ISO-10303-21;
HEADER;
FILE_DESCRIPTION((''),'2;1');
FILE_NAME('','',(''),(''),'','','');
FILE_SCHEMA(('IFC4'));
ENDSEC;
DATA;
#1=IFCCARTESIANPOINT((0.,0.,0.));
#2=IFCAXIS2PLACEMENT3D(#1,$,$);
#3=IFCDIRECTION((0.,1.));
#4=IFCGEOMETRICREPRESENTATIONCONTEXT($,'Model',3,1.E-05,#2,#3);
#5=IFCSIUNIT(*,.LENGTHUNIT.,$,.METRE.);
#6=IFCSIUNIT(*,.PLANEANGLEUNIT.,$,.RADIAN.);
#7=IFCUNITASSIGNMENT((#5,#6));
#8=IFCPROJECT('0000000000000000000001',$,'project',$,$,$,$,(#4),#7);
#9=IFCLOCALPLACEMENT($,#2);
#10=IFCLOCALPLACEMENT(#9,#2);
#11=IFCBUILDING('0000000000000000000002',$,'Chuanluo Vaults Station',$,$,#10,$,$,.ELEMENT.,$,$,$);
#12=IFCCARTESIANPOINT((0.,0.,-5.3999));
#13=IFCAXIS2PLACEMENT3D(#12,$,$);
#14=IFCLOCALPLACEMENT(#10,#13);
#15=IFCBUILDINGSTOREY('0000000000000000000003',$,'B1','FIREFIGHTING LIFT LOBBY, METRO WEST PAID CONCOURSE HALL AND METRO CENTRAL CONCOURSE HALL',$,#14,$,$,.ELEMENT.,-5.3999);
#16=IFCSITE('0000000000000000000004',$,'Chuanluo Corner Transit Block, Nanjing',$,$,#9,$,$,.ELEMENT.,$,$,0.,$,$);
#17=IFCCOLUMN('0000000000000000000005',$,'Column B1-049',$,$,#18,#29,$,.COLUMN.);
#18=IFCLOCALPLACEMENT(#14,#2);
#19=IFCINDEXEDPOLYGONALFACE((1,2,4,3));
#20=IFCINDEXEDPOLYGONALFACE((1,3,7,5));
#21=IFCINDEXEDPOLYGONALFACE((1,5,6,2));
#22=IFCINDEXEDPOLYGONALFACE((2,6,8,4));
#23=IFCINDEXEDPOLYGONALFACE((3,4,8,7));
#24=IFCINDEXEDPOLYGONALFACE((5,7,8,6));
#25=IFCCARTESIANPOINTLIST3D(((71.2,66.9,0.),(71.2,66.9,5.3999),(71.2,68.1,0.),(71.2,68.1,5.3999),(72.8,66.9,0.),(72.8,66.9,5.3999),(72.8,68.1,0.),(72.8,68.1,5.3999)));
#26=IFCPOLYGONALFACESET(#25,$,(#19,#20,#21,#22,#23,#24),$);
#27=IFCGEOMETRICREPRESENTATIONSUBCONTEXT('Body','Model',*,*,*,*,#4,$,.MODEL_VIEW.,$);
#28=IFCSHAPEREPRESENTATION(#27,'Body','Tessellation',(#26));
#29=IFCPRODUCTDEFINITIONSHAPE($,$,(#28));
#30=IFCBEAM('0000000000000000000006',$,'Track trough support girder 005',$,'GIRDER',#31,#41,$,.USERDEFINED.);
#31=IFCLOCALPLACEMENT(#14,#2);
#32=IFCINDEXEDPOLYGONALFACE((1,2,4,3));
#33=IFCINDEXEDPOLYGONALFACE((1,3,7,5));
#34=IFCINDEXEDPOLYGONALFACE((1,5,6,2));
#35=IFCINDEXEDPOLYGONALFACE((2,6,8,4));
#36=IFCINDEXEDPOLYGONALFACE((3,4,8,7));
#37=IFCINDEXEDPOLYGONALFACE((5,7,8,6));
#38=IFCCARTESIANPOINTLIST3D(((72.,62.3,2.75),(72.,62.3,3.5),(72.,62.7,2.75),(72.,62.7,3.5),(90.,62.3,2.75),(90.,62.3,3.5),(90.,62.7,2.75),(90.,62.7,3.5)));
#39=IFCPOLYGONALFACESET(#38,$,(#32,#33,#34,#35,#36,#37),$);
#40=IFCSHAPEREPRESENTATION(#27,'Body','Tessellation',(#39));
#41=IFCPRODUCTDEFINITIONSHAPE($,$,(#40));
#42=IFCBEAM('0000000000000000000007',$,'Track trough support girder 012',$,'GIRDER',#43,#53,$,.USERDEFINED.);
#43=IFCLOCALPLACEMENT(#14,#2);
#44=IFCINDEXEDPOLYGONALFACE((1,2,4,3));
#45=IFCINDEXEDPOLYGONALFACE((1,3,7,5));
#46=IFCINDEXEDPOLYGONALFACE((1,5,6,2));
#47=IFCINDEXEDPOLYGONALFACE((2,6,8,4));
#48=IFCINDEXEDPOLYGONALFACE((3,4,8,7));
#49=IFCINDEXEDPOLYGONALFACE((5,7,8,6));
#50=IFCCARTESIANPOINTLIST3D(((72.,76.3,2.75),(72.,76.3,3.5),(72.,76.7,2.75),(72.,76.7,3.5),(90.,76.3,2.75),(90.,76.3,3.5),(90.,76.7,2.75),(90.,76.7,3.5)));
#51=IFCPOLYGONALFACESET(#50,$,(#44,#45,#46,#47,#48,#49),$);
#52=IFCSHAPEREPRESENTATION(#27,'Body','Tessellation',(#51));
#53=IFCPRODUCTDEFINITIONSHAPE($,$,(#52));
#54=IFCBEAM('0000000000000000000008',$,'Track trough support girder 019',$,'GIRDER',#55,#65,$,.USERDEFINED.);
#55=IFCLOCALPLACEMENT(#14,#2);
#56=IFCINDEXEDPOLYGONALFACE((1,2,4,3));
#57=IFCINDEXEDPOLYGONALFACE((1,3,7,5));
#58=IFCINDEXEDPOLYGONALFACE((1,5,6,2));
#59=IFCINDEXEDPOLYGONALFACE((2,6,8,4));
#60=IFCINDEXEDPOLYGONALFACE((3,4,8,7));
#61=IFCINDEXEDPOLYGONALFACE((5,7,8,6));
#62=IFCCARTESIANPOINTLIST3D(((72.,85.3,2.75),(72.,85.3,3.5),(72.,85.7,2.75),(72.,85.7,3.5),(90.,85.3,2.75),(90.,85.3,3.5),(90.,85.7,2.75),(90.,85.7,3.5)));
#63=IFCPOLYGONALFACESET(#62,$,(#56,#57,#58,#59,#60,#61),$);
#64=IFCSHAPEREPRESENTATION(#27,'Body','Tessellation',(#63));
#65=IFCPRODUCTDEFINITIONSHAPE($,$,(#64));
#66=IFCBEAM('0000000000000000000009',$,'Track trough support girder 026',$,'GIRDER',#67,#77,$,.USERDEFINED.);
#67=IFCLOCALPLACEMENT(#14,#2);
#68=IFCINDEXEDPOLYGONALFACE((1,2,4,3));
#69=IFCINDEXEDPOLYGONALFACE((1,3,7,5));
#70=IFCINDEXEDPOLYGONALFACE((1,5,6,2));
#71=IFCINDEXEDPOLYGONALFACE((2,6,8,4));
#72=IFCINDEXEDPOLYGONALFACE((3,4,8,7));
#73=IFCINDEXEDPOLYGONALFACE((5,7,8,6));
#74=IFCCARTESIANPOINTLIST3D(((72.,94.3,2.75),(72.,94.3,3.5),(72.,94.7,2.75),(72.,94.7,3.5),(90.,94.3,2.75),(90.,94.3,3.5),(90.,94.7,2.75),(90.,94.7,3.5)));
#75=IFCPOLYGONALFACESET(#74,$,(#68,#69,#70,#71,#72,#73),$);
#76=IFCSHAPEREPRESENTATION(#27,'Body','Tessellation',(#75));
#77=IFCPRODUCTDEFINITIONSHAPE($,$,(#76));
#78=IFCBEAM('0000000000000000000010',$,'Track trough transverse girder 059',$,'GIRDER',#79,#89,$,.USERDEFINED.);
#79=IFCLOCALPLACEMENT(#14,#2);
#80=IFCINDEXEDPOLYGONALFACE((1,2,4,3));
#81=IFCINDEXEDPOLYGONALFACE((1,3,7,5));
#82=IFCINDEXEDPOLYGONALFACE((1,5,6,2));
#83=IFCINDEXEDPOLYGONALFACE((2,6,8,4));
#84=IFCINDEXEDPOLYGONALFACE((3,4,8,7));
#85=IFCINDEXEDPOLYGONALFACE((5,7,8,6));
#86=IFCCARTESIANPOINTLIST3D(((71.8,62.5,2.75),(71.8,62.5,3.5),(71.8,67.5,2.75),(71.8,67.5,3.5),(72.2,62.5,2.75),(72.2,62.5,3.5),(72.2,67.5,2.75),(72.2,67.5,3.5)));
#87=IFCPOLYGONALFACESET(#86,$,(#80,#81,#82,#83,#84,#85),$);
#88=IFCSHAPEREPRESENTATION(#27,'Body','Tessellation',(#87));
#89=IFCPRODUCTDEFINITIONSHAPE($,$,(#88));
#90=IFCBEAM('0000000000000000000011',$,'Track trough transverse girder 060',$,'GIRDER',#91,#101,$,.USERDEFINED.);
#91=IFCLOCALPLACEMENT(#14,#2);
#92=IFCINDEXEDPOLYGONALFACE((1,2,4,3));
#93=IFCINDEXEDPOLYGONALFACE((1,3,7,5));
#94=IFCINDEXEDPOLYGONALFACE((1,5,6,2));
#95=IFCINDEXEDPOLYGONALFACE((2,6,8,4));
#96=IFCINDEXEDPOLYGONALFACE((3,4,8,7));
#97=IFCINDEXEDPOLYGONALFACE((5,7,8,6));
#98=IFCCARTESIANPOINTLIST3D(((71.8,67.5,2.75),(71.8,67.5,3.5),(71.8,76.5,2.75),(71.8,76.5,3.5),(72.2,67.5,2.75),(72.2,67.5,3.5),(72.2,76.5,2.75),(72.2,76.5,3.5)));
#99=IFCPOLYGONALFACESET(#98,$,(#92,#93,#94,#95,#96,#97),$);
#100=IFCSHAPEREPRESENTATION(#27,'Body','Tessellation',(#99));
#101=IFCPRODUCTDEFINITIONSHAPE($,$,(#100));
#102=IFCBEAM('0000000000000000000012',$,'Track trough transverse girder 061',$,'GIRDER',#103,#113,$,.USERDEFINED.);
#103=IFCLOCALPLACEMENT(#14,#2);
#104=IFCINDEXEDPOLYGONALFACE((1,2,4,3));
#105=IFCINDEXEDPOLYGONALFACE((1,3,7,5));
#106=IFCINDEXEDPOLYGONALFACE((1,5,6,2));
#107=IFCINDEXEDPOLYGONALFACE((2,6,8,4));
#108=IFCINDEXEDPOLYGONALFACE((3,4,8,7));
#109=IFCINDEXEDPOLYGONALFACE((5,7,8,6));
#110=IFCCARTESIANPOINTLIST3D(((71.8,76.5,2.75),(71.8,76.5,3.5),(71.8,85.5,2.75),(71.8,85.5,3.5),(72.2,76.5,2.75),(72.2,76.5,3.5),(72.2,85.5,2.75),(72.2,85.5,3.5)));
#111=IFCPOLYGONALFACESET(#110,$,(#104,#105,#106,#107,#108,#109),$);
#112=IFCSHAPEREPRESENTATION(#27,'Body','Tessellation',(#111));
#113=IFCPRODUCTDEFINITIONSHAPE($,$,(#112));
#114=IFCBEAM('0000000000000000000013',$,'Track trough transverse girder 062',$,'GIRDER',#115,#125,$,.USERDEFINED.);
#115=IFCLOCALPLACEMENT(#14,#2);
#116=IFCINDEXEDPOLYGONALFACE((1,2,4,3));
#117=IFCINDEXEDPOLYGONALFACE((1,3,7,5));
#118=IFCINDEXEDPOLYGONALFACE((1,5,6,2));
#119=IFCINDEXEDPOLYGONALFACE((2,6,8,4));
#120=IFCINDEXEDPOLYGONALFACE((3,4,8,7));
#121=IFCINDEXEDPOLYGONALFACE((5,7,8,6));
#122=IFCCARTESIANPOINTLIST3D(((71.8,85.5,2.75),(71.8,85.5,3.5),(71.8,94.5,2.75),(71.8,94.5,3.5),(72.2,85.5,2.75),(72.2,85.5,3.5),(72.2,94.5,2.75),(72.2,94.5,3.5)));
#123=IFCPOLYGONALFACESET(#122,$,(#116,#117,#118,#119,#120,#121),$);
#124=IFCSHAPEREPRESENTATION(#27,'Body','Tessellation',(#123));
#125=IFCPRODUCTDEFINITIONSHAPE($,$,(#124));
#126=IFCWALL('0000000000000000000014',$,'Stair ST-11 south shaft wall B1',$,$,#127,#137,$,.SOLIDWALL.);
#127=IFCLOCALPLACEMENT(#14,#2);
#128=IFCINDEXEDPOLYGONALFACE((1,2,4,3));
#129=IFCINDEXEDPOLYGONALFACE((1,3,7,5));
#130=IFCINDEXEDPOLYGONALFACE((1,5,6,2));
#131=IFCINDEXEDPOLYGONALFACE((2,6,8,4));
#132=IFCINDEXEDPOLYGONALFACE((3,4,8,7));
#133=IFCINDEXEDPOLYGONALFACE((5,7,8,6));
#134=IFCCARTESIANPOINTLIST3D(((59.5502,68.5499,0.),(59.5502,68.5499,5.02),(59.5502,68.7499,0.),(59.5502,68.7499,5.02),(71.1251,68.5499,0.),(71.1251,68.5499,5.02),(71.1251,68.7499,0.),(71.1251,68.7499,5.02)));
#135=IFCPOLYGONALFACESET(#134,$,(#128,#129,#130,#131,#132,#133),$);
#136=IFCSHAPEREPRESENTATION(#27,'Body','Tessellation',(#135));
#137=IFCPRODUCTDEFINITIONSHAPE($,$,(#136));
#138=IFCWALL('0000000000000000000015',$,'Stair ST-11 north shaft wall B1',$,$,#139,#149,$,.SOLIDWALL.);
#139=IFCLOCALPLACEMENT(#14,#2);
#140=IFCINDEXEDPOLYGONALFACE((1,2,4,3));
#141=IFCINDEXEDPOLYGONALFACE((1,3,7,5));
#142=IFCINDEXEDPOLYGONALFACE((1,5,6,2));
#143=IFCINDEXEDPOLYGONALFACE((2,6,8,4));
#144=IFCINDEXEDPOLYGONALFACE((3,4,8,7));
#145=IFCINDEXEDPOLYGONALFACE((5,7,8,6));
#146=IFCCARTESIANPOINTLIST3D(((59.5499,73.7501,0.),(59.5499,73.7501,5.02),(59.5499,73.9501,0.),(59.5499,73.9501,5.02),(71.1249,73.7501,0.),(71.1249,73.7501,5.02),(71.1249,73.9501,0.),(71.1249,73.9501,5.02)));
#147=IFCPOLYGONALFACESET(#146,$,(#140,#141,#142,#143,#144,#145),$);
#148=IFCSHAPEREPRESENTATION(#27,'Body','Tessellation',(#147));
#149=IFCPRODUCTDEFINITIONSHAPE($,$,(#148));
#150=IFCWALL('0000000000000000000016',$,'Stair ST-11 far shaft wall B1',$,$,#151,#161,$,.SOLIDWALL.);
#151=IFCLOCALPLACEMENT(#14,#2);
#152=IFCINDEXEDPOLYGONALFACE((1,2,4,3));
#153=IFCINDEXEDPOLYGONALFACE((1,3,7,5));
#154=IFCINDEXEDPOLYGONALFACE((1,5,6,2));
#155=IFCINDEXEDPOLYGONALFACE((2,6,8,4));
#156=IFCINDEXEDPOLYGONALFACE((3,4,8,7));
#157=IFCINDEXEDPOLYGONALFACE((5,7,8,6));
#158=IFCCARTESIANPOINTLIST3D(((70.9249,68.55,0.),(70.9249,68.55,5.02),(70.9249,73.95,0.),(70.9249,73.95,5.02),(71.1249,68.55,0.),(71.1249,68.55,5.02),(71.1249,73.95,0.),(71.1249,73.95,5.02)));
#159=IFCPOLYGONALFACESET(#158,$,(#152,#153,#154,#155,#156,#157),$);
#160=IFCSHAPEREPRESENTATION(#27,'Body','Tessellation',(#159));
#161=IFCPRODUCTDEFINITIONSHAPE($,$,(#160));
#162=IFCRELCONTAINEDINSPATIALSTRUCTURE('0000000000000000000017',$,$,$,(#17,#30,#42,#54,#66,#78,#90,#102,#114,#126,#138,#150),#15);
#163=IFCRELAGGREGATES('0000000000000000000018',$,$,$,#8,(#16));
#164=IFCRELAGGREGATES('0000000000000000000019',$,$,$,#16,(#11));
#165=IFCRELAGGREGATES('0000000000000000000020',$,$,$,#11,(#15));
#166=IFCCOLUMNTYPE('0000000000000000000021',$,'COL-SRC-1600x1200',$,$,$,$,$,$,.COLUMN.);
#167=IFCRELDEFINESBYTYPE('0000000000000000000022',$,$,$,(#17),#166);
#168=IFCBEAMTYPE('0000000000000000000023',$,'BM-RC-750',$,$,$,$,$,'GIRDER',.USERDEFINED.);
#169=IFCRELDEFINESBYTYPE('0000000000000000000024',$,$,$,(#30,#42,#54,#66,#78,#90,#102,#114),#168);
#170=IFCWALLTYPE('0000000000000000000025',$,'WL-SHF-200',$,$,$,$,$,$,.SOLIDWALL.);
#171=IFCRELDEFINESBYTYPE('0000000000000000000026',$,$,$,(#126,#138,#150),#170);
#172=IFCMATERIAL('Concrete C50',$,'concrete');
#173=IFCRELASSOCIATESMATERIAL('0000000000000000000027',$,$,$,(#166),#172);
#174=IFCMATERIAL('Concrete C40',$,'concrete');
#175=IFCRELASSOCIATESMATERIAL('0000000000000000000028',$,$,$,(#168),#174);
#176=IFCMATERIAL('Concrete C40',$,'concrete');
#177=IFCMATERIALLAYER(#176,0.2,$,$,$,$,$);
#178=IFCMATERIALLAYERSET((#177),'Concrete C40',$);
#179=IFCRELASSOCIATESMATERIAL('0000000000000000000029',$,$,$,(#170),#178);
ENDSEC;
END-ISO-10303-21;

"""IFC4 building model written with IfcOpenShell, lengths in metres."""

from ifc_helpers import new_model, si_unit, direction, frame, frame_2d, origin, origin_2d, place, context, subcontext, project, spatial, rectangle, extrude, material, layer, layer_set, material_profile, profile_set, type_object, element, save


model = new_model("IFC4")

# Units and contexts
model_context = context("Model", 3, precision=1e-05, world=origin(), true_north=direction((0.0, 1.0)))
body_context = subcontext(model_context, "Body", "Model", "MODEL_VIEW")
ifc_project = project(units=[si_unit("LENGTHUNIT", "METRE"), si_unit("PLANEANGLEUNIT", "RADIAN")], contexts=[model_context])

# Site, building, storey
site_placement = place(None, origin())
site = spatial("IfcSite", under=ifc_project, at=site_placement, Name="Chuanluo Corner Transit Block, Nanjing", CompositionType="ELEMENT", RefElevation=0.0)
building_placement = place(site_placement, origin())
building = spatial("IfcBuilding", under=site, at=building_placement, Name="Chuanluo Vaults Station", CompositionType="ELEMENT")
storey_placement = place(building_placement, frame((0.0, 0.0, -5.3999)))
storey = spatial("IfcBuildingStorey", under=building, at=storey_placement, Name="B1", Description="FIREFIGHTING LIFT LOBBY, METRO WEST PAID CONCOURSE HALL AND METRO CENTRAL CONCOURSE HALL", CompositionType="ELEMENT", Elevation=-5.3999)

# Column
ifc_material_1 = material(Name="Concrete C50", Category="concrete")
ifc_material_profile_1 = material_profile(ifc_material_1, rectangle(XDim=1.6001, YDim=1.2, at=origin_2d()))
ifc_profile_set_1 = profile_set([ifc_material_profile_1], Name="Concrete C50")
column_type_1 = type_object("IfcColumnType", Name="COL-SRC-1600x1200", PredefinedType="COLUMN", material=ifc_profile_set_1)
column_1_placement = place(storey_placement, frame((72.0, 67.5, 0.0), z_axis=(0.0, 0.0, 1.0), x_axis=(1.0, 0.0, 0.0)))
element("IfcColumn", 1, at=column_1_placement, inside=storey, type_object=column_type_1, Name="Column B1-049", PredefinedType="COLUMN", context=body_context, shape_type="SweptSolid", body=[
    extrude(rectangle(XDim=1.6001, YDim=1.2, at=origin_2d()), origin(), (0.0, 0.0, 1.0), 5.3999),
])

# Beams
ifc_material_2 = material(Name="Concrete C40", Category="concrete")
ifc_material_profile_2 = material_profile(ifc_material_2, rectangle(XDim=0.3999, YDim=0.75, at=origin_2d()))
ifc_profile_set_2 = profile_set([ifc_material_profile_2], Name="Concrete C40")
beam_type = type_object("IfcBeamType", Name="BM-RC-750", ElementType="GIRDER", PredefinedType="USERDEFINED", material=ifc_profile_set_2)
for number, where, z_axis, x_axis, name in (
    (2, (72.0, 62.5, 3.125), (1.0, 0.0, 0.0), (0.0, 1.0, 0.0), "Track trough support girder 005"),
    (3, (72.0, 76.5, 3.125), (1.0, 0.0, 0.0), (0.0, 1.0, 0.0), "Track trough support girder 012"),
    (4, (72.0, 85.5, 3.125), (1.0, 0.0, 0.0), (0.0, 1.0, 0.0), "Track trough support girder 019"),
    (5, (72.0, 94.5, 3.125), (1.0, 0.0, 0.0), (0.0, 1.0, 0.0), "Track trough support girder 026"),
):
    element("IfcBeam", number, at=place(storey_placement, frame(where, z_axis=z_axis, x_axis=x_axis)), inside=storey, type_object=beam_type, Name=name, ObjectType="GIRDER", PredefinedType="USERDEFINED", context=body_context, shape_type="SweptSolid", body=[
        extrude(rectangle(XDim=0.3999, YDim=0.75, at=origin_2d()), origin(), (0.0, 0.0, 1.0), 18.0),
    ])
beam_placement = place(storey_placement, frame((72.0, 62.5, 3.125), z_axis=(0.0, 1.0, 0.0), x_axis=(-1.0, 0.0, 0.0)))
element("IfcBeam", 6, at=beam_placement, inside=storey, type_object=beam_type, Name="Track trough transverse girder 059", ObjectType="GIRDER", PredefinedType="USERDEFINED", context=body_context, shape_type="SweptSolid", body=[
    extrude(rectangle(XDim=0.3999, YDim=0.75, at=origin_2d()), origin(), (0.0, 0.0, 1.0), 5.0),
])
for number, where, z_axis, x_axis, name in (
    (7, (72.0, 67.5, 3.125), (0.0, 1.0, 0.0), (-1.0, 0.0, 0.0), "Track trough transverse girder 060"),
    (8, (72.0, 76.5, 3.125), (0.0, 1.0, 0.0), (-1.0, 0.0, 0.0), "Track trough transverse girder 061"),
    (9, (72.0, 85.5, 3.125), (0.0, 1.0, 0.0), (-1.0, 0.0, 0.0), "Track trough transverse girder 062"),
):
    element("IfcBeam", number, at=place(storey_placement, frame(where, z_axis=z_axis, x_axis=x_axis)), inside=storey, type_object=beam_type, Name=name, ObjectType="GIRDER", PredefinedType="USERDEFINED", context=body_context, shape_type="SweptSolid", body=[
        extrude(rectangle(XDim=0.3999, YDim=0.75, at=origin_2d()), origin(), (0.0, 0.0, 1.0), 9.0),
    ])

# Walls
ifc_material_3 = material(Name="Concrete C40", Category="concrete")
ifc_layer = layer(ifc_material_3, 0.2)
ifc_layer_set = layer_set([ifc_layer], Name="Concrete C40")
wall_type = type_object("IfcWallType", Name="WL-SHF-200", PredefinedType="SOLIDWALL", material=ifc_layer_set)
for number, where, z_axis, x_axis, name in (
    (10, (59.55, 68.6499, 0.0), (0.0, 0.0, 1.0), (1.0, 0.0, 0.0), "Stair ST-11 south shaft wall B1"),
    (11, (71.125, 73.8501, 0.0), (0.0, 0.0, 1.0), (-1.0, 0.0, 0.0), "Stair ST-11 north shaft wall B1"),
):
    element("IfcWall", number, at=place(storey_placement, frame(where, z_axis=z_axis, x_axis=x_axis)), inside=storey, type_object=wall_type, Name=name, PredefinedType="SOLIDWALL", context=body_context, shape_type="SweptSolid", body=[
        extrude(rectangle(XDim=11.575, YDim=0.2, at=frame_2d((5.7876, 0.0))), origin(), (0.0, 0.0, 1.0), 5.02),
    ])
wall_placement = place(storey_placement, frame((71.0249, 68.55, 0.0), z_axis=(0.0, 0.0, 1.0), x_axis=(0.0, 1.0, 0.0)))
element("IfcWall", 12, at=wall_placement, inside=storey, type_object=wall_type, Name="Stair ST-11 far shaft wall B1", PredefinedType="SOLIDWALL", context=body_context, shape_type="SweptSolid", body=[
    extrude(rectangle(XDim=5.3999, YDim=0.2, at=frame_2d((2.7, 0.0))), origin(), (0.0, 0.0, 1.0), 5.02),
])

save(model, "model.ifc")
